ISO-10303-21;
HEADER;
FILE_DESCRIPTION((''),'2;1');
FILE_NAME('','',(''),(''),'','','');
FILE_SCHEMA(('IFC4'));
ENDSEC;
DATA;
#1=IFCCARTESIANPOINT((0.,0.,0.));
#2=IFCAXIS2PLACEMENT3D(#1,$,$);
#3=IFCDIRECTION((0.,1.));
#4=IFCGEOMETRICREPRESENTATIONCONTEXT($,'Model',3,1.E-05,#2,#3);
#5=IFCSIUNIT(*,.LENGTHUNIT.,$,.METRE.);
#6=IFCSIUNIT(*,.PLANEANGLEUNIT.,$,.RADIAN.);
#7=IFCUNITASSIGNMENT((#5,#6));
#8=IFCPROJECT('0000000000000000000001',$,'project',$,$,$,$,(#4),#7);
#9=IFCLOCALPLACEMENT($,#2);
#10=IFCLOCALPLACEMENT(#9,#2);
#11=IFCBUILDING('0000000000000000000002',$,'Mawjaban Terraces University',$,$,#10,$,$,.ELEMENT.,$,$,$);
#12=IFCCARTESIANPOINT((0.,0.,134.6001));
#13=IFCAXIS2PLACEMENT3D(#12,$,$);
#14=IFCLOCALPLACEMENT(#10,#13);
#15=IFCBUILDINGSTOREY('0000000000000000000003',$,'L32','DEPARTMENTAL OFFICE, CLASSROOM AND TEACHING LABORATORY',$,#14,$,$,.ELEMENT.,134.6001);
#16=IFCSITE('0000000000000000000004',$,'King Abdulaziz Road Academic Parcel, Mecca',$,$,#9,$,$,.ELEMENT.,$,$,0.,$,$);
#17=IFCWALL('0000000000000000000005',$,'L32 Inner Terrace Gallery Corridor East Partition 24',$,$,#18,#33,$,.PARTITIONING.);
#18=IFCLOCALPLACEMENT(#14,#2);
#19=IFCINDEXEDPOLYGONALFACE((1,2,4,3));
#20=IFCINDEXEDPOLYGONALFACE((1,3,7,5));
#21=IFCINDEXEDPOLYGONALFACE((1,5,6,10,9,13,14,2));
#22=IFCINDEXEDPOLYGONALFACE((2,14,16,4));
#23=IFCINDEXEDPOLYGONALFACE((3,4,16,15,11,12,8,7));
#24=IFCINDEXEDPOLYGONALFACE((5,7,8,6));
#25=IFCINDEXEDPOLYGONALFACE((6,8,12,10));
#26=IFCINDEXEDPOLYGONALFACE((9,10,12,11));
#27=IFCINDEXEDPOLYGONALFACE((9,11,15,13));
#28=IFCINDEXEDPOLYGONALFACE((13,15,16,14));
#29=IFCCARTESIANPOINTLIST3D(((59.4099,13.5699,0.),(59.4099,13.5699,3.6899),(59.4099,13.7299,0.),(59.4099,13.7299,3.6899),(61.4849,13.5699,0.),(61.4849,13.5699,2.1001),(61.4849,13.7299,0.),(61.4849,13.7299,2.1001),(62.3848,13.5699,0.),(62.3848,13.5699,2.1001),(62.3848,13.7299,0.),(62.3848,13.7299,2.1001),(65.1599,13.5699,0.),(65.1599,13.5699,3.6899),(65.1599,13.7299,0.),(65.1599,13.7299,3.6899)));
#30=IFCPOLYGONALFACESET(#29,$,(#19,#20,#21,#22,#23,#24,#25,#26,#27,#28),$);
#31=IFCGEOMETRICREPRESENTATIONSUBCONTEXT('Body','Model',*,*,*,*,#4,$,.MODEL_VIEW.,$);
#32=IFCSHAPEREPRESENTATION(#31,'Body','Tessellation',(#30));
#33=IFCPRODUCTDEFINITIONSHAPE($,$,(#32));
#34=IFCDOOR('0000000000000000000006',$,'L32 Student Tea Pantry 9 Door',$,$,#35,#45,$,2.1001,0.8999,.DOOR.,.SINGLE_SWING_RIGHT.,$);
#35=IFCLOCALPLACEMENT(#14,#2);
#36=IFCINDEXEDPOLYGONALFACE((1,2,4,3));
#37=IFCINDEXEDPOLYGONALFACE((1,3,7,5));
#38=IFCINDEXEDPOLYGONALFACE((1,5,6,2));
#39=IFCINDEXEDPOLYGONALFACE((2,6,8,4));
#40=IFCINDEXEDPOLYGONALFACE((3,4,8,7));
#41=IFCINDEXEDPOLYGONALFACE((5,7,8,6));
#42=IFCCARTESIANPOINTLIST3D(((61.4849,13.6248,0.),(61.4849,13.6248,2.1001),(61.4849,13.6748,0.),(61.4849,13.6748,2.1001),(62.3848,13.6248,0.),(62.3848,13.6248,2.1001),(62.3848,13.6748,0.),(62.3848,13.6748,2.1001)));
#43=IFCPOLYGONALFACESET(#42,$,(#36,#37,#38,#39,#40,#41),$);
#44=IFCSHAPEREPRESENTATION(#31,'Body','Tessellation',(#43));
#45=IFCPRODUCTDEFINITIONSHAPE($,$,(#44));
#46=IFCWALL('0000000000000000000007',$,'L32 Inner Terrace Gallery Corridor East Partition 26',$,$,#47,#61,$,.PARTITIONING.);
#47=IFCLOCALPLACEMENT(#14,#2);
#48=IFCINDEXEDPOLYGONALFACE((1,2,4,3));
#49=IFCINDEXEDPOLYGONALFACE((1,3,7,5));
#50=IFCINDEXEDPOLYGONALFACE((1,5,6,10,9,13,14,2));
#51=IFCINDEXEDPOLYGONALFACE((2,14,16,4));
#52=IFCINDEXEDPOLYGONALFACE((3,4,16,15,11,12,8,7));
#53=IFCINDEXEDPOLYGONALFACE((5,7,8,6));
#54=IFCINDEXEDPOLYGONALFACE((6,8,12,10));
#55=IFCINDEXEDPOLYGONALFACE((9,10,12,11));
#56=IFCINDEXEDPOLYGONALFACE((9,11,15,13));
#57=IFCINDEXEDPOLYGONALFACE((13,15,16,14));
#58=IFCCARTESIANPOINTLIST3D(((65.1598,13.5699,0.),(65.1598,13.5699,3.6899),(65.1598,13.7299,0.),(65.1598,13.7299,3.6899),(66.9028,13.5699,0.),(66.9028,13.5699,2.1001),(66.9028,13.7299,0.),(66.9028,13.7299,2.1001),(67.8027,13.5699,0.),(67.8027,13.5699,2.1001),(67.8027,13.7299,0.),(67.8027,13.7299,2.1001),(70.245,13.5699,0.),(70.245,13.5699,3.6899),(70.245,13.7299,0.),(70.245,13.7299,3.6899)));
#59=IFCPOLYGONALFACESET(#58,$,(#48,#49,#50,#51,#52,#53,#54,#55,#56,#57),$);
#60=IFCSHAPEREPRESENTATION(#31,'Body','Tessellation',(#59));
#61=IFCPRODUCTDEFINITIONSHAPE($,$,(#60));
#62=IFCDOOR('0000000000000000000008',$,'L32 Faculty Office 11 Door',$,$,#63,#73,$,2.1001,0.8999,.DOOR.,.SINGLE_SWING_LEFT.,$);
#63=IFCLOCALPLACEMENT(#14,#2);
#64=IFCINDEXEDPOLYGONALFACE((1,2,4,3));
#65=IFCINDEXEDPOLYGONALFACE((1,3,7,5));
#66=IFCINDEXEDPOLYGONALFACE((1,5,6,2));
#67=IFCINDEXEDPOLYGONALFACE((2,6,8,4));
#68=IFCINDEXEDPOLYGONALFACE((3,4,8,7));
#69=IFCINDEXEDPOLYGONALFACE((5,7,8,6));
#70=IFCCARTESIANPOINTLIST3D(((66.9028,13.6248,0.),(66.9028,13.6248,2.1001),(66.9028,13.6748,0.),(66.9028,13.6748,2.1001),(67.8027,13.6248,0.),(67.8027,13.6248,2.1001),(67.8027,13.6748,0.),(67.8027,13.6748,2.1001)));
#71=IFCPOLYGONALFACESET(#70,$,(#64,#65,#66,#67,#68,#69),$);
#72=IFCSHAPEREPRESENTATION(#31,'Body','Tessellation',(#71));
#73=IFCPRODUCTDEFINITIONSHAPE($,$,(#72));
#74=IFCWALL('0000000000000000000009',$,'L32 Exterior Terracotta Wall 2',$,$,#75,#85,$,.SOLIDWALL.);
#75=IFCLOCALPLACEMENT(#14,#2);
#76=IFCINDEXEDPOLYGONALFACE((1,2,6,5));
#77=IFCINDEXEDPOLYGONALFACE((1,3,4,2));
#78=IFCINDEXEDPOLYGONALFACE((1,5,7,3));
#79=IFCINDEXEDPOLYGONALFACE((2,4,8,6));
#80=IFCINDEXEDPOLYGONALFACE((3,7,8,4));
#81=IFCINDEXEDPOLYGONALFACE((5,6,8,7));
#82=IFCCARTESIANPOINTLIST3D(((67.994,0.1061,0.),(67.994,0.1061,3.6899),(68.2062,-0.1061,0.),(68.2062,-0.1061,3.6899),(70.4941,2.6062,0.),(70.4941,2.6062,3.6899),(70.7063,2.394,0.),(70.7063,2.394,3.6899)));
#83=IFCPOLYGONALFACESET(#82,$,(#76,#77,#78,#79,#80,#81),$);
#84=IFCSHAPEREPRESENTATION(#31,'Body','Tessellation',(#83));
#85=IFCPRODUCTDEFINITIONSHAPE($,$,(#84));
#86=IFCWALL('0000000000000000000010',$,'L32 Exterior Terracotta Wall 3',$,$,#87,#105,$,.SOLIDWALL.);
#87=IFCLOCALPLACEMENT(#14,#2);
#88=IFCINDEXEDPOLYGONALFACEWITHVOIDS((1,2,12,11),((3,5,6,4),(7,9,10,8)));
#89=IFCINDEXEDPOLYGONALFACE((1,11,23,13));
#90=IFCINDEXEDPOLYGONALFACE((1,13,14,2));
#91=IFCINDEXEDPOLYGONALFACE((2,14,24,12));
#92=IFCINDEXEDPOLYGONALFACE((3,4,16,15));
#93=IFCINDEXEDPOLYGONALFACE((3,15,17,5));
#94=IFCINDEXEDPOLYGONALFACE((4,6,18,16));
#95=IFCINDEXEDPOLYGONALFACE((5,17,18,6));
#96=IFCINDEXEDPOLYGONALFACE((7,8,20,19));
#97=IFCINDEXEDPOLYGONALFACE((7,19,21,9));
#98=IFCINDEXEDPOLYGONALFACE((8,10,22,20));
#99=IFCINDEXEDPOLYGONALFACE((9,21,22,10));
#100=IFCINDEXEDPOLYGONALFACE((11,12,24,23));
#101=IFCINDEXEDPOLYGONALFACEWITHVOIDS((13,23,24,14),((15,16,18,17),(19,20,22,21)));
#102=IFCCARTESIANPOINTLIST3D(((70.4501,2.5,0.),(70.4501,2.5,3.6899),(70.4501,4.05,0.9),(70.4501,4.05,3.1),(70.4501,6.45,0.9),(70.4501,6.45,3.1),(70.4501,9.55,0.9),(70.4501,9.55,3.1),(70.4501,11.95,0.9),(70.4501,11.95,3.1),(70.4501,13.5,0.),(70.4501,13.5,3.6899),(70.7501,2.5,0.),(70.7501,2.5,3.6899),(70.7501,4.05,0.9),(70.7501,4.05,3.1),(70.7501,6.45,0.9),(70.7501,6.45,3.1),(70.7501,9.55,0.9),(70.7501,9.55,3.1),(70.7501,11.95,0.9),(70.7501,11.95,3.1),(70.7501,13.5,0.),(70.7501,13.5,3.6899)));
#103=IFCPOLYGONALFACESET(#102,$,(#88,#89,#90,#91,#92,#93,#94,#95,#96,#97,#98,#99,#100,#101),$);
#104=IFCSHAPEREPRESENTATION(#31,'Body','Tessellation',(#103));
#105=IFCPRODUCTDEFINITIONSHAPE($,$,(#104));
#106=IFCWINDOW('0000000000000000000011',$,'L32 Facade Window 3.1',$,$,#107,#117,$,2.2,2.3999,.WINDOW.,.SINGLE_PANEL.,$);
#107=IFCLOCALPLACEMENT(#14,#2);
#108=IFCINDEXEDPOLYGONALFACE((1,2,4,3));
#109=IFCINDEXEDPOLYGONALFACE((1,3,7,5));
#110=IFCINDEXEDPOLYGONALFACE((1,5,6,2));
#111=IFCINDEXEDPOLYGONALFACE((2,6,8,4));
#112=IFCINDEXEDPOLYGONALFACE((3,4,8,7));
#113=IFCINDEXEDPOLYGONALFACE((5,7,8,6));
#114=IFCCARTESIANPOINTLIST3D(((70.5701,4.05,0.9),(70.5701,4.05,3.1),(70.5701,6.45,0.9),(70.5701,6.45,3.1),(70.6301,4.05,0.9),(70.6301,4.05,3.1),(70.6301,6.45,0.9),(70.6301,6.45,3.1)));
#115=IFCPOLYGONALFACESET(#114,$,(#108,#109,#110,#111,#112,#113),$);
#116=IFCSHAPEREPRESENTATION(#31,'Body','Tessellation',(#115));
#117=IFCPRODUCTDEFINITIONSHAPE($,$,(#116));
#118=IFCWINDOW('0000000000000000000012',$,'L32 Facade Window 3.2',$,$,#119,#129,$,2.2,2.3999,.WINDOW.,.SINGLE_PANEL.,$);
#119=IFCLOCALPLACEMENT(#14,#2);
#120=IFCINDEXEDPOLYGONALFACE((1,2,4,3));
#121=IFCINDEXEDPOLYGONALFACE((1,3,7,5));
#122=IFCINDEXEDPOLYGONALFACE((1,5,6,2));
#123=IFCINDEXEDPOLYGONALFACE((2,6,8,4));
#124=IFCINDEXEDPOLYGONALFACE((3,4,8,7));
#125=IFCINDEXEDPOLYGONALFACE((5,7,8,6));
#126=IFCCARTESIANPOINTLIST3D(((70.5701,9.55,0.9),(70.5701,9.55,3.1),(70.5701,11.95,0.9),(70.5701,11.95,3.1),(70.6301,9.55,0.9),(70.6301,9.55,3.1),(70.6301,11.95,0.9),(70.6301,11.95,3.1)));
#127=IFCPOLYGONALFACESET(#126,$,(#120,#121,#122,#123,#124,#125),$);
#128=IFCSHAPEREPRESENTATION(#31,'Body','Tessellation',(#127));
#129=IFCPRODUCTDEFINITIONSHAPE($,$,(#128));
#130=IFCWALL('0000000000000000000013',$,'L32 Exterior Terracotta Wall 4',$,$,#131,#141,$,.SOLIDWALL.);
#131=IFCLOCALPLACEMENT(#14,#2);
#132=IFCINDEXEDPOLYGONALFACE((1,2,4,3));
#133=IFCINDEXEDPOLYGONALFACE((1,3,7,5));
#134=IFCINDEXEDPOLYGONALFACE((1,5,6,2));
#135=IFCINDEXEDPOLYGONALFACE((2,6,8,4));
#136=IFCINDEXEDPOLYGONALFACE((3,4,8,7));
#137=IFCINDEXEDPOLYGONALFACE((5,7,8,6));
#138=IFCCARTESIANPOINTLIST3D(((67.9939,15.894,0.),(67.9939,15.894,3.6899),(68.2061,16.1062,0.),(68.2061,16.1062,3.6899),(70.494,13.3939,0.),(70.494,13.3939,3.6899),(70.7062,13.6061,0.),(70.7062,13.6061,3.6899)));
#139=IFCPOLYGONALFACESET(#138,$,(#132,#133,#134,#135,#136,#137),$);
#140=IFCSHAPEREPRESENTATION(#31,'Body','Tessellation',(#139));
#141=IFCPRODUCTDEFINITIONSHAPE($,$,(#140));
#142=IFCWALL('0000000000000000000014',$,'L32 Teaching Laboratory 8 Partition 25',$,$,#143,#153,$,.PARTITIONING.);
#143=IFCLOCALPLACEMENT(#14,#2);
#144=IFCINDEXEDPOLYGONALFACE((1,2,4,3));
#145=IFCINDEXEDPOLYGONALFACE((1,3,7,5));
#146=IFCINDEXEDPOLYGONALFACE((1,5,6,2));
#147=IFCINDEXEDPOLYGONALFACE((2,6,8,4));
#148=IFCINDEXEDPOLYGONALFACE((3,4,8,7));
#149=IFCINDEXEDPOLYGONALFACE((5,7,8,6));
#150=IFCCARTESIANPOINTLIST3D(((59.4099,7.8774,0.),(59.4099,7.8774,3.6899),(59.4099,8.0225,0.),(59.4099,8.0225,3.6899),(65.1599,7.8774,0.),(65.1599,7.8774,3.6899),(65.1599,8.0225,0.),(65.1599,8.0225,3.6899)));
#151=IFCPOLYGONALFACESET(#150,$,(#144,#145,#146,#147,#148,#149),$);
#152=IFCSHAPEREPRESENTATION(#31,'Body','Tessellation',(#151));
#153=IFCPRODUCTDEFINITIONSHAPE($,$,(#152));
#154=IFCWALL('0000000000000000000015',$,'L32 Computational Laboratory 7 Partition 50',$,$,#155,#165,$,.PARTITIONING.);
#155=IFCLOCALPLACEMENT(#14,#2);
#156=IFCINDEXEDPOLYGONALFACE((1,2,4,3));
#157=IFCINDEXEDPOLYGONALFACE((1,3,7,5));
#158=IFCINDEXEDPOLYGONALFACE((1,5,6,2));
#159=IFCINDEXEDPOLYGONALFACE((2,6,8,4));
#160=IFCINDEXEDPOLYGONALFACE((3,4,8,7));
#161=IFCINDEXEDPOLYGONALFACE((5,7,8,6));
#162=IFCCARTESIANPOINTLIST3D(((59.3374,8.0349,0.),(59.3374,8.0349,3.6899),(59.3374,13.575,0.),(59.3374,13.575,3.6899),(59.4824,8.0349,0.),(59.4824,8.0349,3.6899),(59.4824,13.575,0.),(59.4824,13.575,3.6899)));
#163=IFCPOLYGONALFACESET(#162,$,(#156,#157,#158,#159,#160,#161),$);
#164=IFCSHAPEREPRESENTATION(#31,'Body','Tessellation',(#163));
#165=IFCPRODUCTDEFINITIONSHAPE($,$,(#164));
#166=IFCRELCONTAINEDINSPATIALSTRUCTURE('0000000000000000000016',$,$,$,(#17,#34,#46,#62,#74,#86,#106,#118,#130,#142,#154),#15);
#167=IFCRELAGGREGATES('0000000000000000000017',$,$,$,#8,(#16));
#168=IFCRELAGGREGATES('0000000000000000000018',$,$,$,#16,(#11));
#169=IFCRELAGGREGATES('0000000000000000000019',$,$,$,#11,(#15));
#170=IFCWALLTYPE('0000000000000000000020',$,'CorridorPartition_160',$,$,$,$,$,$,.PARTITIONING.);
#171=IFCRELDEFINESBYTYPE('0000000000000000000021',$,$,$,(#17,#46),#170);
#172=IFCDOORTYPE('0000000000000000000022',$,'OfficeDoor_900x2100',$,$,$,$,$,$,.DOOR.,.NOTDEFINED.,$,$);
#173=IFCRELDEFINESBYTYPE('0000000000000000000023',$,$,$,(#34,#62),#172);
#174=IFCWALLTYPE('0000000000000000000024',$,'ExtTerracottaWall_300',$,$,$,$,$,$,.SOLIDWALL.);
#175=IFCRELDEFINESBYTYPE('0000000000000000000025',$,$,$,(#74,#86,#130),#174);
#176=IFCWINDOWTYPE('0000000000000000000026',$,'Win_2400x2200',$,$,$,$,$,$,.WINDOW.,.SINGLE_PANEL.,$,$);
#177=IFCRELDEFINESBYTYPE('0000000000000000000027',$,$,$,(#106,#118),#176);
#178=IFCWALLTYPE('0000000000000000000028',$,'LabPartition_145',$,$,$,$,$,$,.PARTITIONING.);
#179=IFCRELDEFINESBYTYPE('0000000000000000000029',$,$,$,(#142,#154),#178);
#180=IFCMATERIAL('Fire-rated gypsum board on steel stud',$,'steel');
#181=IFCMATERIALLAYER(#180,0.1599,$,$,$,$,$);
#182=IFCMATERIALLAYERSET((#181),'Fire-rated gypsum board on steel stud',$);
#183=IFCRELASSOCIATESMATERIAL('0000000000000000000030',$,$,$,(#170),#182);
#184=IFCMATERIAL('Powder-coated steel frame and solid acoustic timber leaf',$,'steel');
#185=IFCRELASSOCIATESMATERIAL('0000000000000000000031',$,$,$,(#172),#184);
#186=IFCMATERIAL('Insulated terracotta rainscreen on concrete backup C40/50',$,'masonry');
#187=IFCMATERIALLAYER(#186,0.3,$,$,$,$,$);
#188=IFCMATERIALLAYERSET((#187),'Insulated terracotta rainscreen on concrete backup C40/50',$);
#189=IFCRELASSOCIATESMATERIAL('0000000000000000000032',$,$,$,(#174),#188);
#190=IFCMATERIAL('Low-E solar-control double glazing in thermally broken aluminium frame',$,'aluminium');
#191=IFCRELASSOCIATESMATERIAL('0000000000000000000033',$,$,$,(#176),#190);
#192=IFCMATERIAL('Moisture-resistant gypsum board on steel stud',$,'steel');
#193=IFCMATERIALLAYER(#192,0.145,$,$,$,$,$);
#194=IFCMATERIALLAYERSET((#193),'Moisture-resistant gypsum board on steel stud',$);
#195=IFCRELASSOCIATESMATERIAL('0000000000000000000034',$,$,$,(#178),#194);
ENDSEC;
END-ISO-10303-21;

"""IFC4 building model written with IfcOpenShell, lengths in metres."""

from ifc_helpers import new_model, si_unit, direction, frame, frame_2d, origin, place, context, subcontext, project, spatial, rectangle, extrude, material, layer, layer_set, type_object, element, fill, save


model = new_model("IFC4")

# Units and contexts
model_context = context("Model", 3, precision=1e-05, world=origin(), true_north=direction((0.0, 1.0)))
body_context = subcontext(model_context, "Body", "Model", "MODEL_VIEW")
ifc_project = project(units=[si_unit("LENGTHUNIT", "METRE"), si_unit("PLANEANGLEUNIT", "RADIAN")], contexts=[model_context])

# Site, building, storey
site_placement = place(None, origin())
site = spatial("IfcSite", under=ifc_project, at=site_placement, Name="King Abdulaziz Road Academic Parcel, Mecca", CompositionType="ELEMENT", RefElevation=0.0)
building_placement = place(site_placement, origin())
building = spatial("IfcBuilding", under=site, at=building_placement, Name="Mawjaban Terraces University", CompositionType="ELEMENT")
storey_placement = place(building_placement, frame((0.0, 0.0, 134.6001)))
storey = spatial("IfcBuildingStorey", under=building, at=storey_placement, Name="L32", Description="DEPARTMENTAL OFFICE, CLASSROOM AND TEACHING LABORATORY", CompositionType="ELEMENT", Elevation=134.6001)

# Walls, openings, doors
ifc_material_1 = material(Name="Powder-coated steel frame and solid acoustic timber leaf", Category="steel")
ifc_material_2 = material(Name="Fire-rated gypsum board on steel stud", Category="steel")
ifc_layer_1 = layer(ifc_material_2, 0.1599)
ifc_layer_set_1 = layer_set([ifc_layer_1], Name="Fire-rated gypsum board on steel stud")
wall_type_1 = type_object("IfcWallType", Name="CorridorPartition_160", PredefinedType="PARTITIONING", material=ifc_layer_set_1)
wall_1_placement = place(storey_placement, frame((59.4099, 13.6499, 0.0), z_axis=(0.0, 0.0, 1.0), x_axis=(1.0, 0.0, 0.0)))
wall_1 = element("IfcWall", 1, at=wall_1_placement, inside=storey, type_object=wall_type_1, Name="L32 Inner Terrace Gallery Corridor East Partition 24", PredefinedType="PARTITIONING", context=body_context, shape_type="SweptSolid", body=[
    extrude(rectangle(XDim=5.75, YDim=0.1599, at=frame_2d((2.875, 0.0))), origin(), (0.0, 0.0, 1.0), 3.6899),
])
opening_1_placement = place(wall_1_placement, frame((2.075, 0.0, 0.0)))
opening_1 = element("IfcOpeningElement", 2, at=opening_1_placement, cuts=wall_1, PredefinedType="OPENING", context=body_context, shape_type="SweptSolid", body=[
    extrude(rectangle(XDim=0.8999, YDim=2.1001, at=frame_2d((0.45, 1.05))), frame((0.0, 0.0898, 0.0), z_axis=(0.0, -1.0, 0.0), x_axis=(1.0, 0.0, 0.0)), (0.0, 0.0, 1.0), 0.1799),
])
door_type_1 = type_object("IfcDoorType", Name="OfficeDoor_900x2100", OperationType="NOTDEFINED", PredefinedType="DOOR", material=ifc_material_1)
door_1_placement = place(opening_1_placement, origin())
door_1 = element("IfcDoor", 3, at=door_1_placement, inside=storey, type_object=door_type_1, Name="L32 Student Tea Pantry 9 Door", OperationType="SINGLE_SWING_RIGHT", OverallHeight=2.1001, OverallWidth=0.8999, PredefinedType="DOOR", context=body_context, shape_type="SweptSolid", body=[
    extrude(rectangle(XDim=0.8999, YDim=2.1001, at=frame_2d((0.45, 1.05))), frame((0.0, 0.0249, 0.0), z_axis=(0.0, -1.0, 0.0), x_axis=(1.0, 0.0, 0.0)), (0.0, 0.0, 1.0), 0.05),
])
fill(opening_1, door_1)
wall_2_placement = place(storey_placement, frame((65.1599, 13.6499, 0.0), z_axis=(0.0, 0.0, 1.0), x_axis=(1.0, 0.0, 0.0)))
wall_2 = element("IfcWall", 4, at=wall_2_placement, inside=storey, type_object=wall_type_1, Name="L32 Inner Terrace Gallery Corridor East Partition 26", PredefinedType="PARTITIONING", context=body_context, shape_type="SweptSolid", body=[
    extrude(rectangle(XDim=5.0852, YDim=0.1599, at=frame_2d((2.5425, 0.0))), origin(), (0.0, 0.0, 1.0), 3.6899),
])
opening_2_placement = place(wall_2_placement, frame((1.7429, 0.0, 0.0)))
opening_2 = element("IfcOpeningElement", 5, at=opening_2_placement, cuts=wall_2, PredefinedType="OPENING", context=body_context, shape_type="SweptSolid", body=[
    extrude(rectangle(XDim=0.8999, YDim=2.1001, at=frame_2d((0.45, 1.05))), frame((0.0, 0.0898, 0.0), z_axis=(0.0, -1.0, 0.0), x_axis=(1.0, 0.0, 0.0)), (0.0, 0.0, 1.0), 0.1799),
])
door_2_placement = place(opening_2_placement, origin())
door_2 = element("IfcDoor", 6, at=door_2_placement, inside=storey, type_object=door_type_1, Name="L32 Faculty Office 11 Door", OperationType="SINGLE_SWING_LEFT", OverallHeight=2.1001, OverallWidth=0.8999, PredefinedType="DOOR", context=body_context, shape_type="SweptSolid", body=[
    extrude(rectangle(XDim=0.8999, YDim=2.1001, at=frame_2d((0.45, 1.05))), frame((0.0, 0.0249, 0.0), z_axis=(0.0, -1.0, 0.0), x_axis=(1.0, 0.0, 0.0)), (0.0, 0.0, 1.0), 0.05),
])
fill(opening_2, door_2)

# Wall
ifc_material_3 = material(Name="Insulated terracotta rainscreen on concrete backup C40/50", Category="masonry")
ifc_layer_2 = layer(ifc_material_3, 0.3)
ifc_layer_set_2 = layer_set([ifc_layer_2], Name="Insulated terracotta rainscreen on concrete backup C40/50")
wall_type_2 = type_object("IfcWallType", Name="ExtTerracottaWall_300", PredefinedType="SOLIDWALL", material=ifc_layer_set_2)
wall_3_placement = place(storey_placement, frame((68.1001, 0.0, 0.0), z_axis=(0.0, 0.0, 1.0), x_axis=(0.707107, 0.707107, 0.0)))
element("IfcWall", 7, at=wall_3_placement, inside=storey, type_object=wall_type_2, Name="L32 Exterior Terracotta Wall 2", PredefinedType="SOLIDWALL", context=body_context, shape_type="SweptSolid", body=[
    extrude(rectangle(XDim=3.5356, YDim=0.3, at=frame_2d((1.7678, 0.0))), origin(), (0.0, 0.0, 1.0), 3.6899),
])

# Wall, openings, windows
wall_4_placement = place(storey_placement, frame((70.6001, 2.5, 0.0), z_axis=(0.0, 0.0, 1.0), x_axis=(0.0, 1.0, 0.0)))
wall_4 = element("IfcWall", 8, at=wall_4_placement, inside=storey, type_object=wall_type_2, Name="L32 Exterior Terracotta Wall 3", PredefinedType="SOLIDWALL", context=body_context, shape_type="SweptSolid", body=[
    extrude(rectangle(XDim=11.0, YDim=0.3, at=frame_2d((5.5, 0.0))), origin(), (0.0, 0.0, 1.0), 3.6899),
])
opening_3_placement = place(wall_4_placement, frame((1.55, 0.0, 0.8999)))
opening_3 = element("IfcOpeningElement", 9, at=opening_3_placement, cuts=wall_4, PredefinedType="OPENING", context=body_context, shape_type="SweptSolid", body=[
    extrude(rectangle(XDim=2.3999, YDim=2.2, at=frame_2d((1.2, 1.1001))), frame((0.0, 0.1599, 0.0), z_axis=(0.0, -1.0, 0.0), x_axis=(1.0, 0.0, 0.0)), (0.0, 0.0, 1.0), 0.3201),
])
opening_4_placement = place(wall_4_placement, frame((7.05, 0.0, 0.8999)))
opening_4 = element("IfcOpeningElement", 10, at=opening_4_placement, cuts=wall_4, PredefinedType="OPENING", context=body_context, shape_type="SweptSolid", body=[
    extrude(rectangle(XDim=2.3999, YDim=2.2, at=frame_2d((1.2, 1.1001))), frame((0.0, 0.1599, 0.0), z_axis=(0.0, -1.0, 0.0), x_axis=(1.0, 0.0, 0.0)), (0.0, 0.0, 1.0), 0.3201),
])
ifc_material_4 = material(Name="Low-E solar-control double glazing in thermally broken aluminium frame", Category="aluminium")
window_type = type_object("IfcWindowType", Name="Win_2400x2200", PartitioningType="SINGLE_PANEL", PredefinedType="WINDOW", material=ifc_material_4)
window_1_placement = place(opening_3_placement, origin())
window_1 = element("IfcWindow", 11, at=window_1_placement, inside=storey, type_object=window_type, Name="L32 Facade Window 3.1", OverallHeight=2.2, OverallWidth=2.3999, PartitioningType="SINGLE_PANEL", PredefinedType="WINDOW", context=body_context, shape_type="SweptSolid", body=[
    extrude(rectangle(XDim=2.3999, YDim=2.2, at=frame_2d((1.2, 1.1001))), frame((0.0, 0.03, 0.0), z_axis=(0.0, -1.0, 0.0), x_axis=(1.0, 0.0, 0.0)), (0.0, 0.0, 1.0), 0.0601),
])
fill(opening_3, window_1)
window_2_placement = place(opening_4_placement, origin())
window_2 = element("IfcWindow", 12, at=window_2_placement, inside=storey, type_object=window_type, Name="L32 Facade Window 3.2", OverallHeight=2.2, OverallWidth=2.3999, PartitioningType="SINGLE_PANEL", PredefinedType="WINDOW", context=body_context, shape_type="SweptSolid", body=[
    extrude(rectangle(XDim=2.3999, YDim=2.2, at=frame_2d((1.2, 1.1001))), frame((0.0, 0.03, 0.0), z_axis=(0.0, -1.0, 0.0), x_axis=(1.0, 0.0, 0.0)), (0.0, 0.0, 1.0), 0.0601),
])
fill(opening_4, window_2)

# Walls
wall_5_placement = place(storey_placement, frame((70.6001, 13.5, 0.0), z_axis=(0.0, 0.0, 1.0), x_axis=(-0.707107, 0.707107, 0.0)))
element("IfcWall", 13, at=wall_5_placement, inside=storey, type_object=wall_type_2, Name="L32 Exterior Terracotta Wall 4", PredefinedType="SOLIDWALL", context=body_context, shape_type="SweptSolid", body=[
    extrude(rectangle(XDim=3.5356, YDim=0.3, at=frame_2d((1.7678, 0.0))), origin(), (0.0, 0.0, 1.0), 3.6899),
])
ifc_material_5 = material(Name="Moisture-resistant gypsum board on steel stud", Category="steel")
ifc_layer_3 = layer(ifc_material_5, 0.145)
ifc_layer_set_3 = layer_set([ifc_layer_3], Name="Moisture-resistant gypsum board on steel stud")
wall_type_3 = type_object("IfcWallType", Name="LabPartition_145", PredefinedType="PARTITIONING", material=ifc_layer_set_3)
wall_6_placement = place(storey_placement, frame((65.1599, 7.95, 0.0), z_axis=(0.0, 0.0, 1.0), x_axis=(-1.0, 0.0, 0.0)))
element("IfcWall", 14, at=wall_6_placement, inside=storey, type_object=wall_type_3, Name="L32 Teaching Laboratory 8 Partition 25", PredefinedType="PARTITIONING", context=body_context, shape_type="SweptSolid", body=[
    extrude(rectangle(XDim=5.75, YDim=0.145, at=frame_2d((2.875, 0.0))), origin(), (0.0, 0.0, 1.0), 3.6899),
])
wall_7_placement = place(storey_placement, frame((59.4099, 8.0349, 0.0), z_axis=(0.0, 0.0, 1.0), x_axis=(0.0, 1.0, 0.0)))
element("IfcWall", 15, at=wall_7_placement, inside=storey, type_object=wall_type_3, Name="L32 Computational Laboratory 7 Partition 50", PredefinedType="PARTITIONING", context=body_context, shape_type="SweptSolid", body=[
    extrude(rectangle(XDim=5.54, YDim=0.145, at=frame_2d((2.77, 0.0))), origin(), (0.0, 0.0, 1.0), 3.6899),
])

save(model, "model.ifc")
